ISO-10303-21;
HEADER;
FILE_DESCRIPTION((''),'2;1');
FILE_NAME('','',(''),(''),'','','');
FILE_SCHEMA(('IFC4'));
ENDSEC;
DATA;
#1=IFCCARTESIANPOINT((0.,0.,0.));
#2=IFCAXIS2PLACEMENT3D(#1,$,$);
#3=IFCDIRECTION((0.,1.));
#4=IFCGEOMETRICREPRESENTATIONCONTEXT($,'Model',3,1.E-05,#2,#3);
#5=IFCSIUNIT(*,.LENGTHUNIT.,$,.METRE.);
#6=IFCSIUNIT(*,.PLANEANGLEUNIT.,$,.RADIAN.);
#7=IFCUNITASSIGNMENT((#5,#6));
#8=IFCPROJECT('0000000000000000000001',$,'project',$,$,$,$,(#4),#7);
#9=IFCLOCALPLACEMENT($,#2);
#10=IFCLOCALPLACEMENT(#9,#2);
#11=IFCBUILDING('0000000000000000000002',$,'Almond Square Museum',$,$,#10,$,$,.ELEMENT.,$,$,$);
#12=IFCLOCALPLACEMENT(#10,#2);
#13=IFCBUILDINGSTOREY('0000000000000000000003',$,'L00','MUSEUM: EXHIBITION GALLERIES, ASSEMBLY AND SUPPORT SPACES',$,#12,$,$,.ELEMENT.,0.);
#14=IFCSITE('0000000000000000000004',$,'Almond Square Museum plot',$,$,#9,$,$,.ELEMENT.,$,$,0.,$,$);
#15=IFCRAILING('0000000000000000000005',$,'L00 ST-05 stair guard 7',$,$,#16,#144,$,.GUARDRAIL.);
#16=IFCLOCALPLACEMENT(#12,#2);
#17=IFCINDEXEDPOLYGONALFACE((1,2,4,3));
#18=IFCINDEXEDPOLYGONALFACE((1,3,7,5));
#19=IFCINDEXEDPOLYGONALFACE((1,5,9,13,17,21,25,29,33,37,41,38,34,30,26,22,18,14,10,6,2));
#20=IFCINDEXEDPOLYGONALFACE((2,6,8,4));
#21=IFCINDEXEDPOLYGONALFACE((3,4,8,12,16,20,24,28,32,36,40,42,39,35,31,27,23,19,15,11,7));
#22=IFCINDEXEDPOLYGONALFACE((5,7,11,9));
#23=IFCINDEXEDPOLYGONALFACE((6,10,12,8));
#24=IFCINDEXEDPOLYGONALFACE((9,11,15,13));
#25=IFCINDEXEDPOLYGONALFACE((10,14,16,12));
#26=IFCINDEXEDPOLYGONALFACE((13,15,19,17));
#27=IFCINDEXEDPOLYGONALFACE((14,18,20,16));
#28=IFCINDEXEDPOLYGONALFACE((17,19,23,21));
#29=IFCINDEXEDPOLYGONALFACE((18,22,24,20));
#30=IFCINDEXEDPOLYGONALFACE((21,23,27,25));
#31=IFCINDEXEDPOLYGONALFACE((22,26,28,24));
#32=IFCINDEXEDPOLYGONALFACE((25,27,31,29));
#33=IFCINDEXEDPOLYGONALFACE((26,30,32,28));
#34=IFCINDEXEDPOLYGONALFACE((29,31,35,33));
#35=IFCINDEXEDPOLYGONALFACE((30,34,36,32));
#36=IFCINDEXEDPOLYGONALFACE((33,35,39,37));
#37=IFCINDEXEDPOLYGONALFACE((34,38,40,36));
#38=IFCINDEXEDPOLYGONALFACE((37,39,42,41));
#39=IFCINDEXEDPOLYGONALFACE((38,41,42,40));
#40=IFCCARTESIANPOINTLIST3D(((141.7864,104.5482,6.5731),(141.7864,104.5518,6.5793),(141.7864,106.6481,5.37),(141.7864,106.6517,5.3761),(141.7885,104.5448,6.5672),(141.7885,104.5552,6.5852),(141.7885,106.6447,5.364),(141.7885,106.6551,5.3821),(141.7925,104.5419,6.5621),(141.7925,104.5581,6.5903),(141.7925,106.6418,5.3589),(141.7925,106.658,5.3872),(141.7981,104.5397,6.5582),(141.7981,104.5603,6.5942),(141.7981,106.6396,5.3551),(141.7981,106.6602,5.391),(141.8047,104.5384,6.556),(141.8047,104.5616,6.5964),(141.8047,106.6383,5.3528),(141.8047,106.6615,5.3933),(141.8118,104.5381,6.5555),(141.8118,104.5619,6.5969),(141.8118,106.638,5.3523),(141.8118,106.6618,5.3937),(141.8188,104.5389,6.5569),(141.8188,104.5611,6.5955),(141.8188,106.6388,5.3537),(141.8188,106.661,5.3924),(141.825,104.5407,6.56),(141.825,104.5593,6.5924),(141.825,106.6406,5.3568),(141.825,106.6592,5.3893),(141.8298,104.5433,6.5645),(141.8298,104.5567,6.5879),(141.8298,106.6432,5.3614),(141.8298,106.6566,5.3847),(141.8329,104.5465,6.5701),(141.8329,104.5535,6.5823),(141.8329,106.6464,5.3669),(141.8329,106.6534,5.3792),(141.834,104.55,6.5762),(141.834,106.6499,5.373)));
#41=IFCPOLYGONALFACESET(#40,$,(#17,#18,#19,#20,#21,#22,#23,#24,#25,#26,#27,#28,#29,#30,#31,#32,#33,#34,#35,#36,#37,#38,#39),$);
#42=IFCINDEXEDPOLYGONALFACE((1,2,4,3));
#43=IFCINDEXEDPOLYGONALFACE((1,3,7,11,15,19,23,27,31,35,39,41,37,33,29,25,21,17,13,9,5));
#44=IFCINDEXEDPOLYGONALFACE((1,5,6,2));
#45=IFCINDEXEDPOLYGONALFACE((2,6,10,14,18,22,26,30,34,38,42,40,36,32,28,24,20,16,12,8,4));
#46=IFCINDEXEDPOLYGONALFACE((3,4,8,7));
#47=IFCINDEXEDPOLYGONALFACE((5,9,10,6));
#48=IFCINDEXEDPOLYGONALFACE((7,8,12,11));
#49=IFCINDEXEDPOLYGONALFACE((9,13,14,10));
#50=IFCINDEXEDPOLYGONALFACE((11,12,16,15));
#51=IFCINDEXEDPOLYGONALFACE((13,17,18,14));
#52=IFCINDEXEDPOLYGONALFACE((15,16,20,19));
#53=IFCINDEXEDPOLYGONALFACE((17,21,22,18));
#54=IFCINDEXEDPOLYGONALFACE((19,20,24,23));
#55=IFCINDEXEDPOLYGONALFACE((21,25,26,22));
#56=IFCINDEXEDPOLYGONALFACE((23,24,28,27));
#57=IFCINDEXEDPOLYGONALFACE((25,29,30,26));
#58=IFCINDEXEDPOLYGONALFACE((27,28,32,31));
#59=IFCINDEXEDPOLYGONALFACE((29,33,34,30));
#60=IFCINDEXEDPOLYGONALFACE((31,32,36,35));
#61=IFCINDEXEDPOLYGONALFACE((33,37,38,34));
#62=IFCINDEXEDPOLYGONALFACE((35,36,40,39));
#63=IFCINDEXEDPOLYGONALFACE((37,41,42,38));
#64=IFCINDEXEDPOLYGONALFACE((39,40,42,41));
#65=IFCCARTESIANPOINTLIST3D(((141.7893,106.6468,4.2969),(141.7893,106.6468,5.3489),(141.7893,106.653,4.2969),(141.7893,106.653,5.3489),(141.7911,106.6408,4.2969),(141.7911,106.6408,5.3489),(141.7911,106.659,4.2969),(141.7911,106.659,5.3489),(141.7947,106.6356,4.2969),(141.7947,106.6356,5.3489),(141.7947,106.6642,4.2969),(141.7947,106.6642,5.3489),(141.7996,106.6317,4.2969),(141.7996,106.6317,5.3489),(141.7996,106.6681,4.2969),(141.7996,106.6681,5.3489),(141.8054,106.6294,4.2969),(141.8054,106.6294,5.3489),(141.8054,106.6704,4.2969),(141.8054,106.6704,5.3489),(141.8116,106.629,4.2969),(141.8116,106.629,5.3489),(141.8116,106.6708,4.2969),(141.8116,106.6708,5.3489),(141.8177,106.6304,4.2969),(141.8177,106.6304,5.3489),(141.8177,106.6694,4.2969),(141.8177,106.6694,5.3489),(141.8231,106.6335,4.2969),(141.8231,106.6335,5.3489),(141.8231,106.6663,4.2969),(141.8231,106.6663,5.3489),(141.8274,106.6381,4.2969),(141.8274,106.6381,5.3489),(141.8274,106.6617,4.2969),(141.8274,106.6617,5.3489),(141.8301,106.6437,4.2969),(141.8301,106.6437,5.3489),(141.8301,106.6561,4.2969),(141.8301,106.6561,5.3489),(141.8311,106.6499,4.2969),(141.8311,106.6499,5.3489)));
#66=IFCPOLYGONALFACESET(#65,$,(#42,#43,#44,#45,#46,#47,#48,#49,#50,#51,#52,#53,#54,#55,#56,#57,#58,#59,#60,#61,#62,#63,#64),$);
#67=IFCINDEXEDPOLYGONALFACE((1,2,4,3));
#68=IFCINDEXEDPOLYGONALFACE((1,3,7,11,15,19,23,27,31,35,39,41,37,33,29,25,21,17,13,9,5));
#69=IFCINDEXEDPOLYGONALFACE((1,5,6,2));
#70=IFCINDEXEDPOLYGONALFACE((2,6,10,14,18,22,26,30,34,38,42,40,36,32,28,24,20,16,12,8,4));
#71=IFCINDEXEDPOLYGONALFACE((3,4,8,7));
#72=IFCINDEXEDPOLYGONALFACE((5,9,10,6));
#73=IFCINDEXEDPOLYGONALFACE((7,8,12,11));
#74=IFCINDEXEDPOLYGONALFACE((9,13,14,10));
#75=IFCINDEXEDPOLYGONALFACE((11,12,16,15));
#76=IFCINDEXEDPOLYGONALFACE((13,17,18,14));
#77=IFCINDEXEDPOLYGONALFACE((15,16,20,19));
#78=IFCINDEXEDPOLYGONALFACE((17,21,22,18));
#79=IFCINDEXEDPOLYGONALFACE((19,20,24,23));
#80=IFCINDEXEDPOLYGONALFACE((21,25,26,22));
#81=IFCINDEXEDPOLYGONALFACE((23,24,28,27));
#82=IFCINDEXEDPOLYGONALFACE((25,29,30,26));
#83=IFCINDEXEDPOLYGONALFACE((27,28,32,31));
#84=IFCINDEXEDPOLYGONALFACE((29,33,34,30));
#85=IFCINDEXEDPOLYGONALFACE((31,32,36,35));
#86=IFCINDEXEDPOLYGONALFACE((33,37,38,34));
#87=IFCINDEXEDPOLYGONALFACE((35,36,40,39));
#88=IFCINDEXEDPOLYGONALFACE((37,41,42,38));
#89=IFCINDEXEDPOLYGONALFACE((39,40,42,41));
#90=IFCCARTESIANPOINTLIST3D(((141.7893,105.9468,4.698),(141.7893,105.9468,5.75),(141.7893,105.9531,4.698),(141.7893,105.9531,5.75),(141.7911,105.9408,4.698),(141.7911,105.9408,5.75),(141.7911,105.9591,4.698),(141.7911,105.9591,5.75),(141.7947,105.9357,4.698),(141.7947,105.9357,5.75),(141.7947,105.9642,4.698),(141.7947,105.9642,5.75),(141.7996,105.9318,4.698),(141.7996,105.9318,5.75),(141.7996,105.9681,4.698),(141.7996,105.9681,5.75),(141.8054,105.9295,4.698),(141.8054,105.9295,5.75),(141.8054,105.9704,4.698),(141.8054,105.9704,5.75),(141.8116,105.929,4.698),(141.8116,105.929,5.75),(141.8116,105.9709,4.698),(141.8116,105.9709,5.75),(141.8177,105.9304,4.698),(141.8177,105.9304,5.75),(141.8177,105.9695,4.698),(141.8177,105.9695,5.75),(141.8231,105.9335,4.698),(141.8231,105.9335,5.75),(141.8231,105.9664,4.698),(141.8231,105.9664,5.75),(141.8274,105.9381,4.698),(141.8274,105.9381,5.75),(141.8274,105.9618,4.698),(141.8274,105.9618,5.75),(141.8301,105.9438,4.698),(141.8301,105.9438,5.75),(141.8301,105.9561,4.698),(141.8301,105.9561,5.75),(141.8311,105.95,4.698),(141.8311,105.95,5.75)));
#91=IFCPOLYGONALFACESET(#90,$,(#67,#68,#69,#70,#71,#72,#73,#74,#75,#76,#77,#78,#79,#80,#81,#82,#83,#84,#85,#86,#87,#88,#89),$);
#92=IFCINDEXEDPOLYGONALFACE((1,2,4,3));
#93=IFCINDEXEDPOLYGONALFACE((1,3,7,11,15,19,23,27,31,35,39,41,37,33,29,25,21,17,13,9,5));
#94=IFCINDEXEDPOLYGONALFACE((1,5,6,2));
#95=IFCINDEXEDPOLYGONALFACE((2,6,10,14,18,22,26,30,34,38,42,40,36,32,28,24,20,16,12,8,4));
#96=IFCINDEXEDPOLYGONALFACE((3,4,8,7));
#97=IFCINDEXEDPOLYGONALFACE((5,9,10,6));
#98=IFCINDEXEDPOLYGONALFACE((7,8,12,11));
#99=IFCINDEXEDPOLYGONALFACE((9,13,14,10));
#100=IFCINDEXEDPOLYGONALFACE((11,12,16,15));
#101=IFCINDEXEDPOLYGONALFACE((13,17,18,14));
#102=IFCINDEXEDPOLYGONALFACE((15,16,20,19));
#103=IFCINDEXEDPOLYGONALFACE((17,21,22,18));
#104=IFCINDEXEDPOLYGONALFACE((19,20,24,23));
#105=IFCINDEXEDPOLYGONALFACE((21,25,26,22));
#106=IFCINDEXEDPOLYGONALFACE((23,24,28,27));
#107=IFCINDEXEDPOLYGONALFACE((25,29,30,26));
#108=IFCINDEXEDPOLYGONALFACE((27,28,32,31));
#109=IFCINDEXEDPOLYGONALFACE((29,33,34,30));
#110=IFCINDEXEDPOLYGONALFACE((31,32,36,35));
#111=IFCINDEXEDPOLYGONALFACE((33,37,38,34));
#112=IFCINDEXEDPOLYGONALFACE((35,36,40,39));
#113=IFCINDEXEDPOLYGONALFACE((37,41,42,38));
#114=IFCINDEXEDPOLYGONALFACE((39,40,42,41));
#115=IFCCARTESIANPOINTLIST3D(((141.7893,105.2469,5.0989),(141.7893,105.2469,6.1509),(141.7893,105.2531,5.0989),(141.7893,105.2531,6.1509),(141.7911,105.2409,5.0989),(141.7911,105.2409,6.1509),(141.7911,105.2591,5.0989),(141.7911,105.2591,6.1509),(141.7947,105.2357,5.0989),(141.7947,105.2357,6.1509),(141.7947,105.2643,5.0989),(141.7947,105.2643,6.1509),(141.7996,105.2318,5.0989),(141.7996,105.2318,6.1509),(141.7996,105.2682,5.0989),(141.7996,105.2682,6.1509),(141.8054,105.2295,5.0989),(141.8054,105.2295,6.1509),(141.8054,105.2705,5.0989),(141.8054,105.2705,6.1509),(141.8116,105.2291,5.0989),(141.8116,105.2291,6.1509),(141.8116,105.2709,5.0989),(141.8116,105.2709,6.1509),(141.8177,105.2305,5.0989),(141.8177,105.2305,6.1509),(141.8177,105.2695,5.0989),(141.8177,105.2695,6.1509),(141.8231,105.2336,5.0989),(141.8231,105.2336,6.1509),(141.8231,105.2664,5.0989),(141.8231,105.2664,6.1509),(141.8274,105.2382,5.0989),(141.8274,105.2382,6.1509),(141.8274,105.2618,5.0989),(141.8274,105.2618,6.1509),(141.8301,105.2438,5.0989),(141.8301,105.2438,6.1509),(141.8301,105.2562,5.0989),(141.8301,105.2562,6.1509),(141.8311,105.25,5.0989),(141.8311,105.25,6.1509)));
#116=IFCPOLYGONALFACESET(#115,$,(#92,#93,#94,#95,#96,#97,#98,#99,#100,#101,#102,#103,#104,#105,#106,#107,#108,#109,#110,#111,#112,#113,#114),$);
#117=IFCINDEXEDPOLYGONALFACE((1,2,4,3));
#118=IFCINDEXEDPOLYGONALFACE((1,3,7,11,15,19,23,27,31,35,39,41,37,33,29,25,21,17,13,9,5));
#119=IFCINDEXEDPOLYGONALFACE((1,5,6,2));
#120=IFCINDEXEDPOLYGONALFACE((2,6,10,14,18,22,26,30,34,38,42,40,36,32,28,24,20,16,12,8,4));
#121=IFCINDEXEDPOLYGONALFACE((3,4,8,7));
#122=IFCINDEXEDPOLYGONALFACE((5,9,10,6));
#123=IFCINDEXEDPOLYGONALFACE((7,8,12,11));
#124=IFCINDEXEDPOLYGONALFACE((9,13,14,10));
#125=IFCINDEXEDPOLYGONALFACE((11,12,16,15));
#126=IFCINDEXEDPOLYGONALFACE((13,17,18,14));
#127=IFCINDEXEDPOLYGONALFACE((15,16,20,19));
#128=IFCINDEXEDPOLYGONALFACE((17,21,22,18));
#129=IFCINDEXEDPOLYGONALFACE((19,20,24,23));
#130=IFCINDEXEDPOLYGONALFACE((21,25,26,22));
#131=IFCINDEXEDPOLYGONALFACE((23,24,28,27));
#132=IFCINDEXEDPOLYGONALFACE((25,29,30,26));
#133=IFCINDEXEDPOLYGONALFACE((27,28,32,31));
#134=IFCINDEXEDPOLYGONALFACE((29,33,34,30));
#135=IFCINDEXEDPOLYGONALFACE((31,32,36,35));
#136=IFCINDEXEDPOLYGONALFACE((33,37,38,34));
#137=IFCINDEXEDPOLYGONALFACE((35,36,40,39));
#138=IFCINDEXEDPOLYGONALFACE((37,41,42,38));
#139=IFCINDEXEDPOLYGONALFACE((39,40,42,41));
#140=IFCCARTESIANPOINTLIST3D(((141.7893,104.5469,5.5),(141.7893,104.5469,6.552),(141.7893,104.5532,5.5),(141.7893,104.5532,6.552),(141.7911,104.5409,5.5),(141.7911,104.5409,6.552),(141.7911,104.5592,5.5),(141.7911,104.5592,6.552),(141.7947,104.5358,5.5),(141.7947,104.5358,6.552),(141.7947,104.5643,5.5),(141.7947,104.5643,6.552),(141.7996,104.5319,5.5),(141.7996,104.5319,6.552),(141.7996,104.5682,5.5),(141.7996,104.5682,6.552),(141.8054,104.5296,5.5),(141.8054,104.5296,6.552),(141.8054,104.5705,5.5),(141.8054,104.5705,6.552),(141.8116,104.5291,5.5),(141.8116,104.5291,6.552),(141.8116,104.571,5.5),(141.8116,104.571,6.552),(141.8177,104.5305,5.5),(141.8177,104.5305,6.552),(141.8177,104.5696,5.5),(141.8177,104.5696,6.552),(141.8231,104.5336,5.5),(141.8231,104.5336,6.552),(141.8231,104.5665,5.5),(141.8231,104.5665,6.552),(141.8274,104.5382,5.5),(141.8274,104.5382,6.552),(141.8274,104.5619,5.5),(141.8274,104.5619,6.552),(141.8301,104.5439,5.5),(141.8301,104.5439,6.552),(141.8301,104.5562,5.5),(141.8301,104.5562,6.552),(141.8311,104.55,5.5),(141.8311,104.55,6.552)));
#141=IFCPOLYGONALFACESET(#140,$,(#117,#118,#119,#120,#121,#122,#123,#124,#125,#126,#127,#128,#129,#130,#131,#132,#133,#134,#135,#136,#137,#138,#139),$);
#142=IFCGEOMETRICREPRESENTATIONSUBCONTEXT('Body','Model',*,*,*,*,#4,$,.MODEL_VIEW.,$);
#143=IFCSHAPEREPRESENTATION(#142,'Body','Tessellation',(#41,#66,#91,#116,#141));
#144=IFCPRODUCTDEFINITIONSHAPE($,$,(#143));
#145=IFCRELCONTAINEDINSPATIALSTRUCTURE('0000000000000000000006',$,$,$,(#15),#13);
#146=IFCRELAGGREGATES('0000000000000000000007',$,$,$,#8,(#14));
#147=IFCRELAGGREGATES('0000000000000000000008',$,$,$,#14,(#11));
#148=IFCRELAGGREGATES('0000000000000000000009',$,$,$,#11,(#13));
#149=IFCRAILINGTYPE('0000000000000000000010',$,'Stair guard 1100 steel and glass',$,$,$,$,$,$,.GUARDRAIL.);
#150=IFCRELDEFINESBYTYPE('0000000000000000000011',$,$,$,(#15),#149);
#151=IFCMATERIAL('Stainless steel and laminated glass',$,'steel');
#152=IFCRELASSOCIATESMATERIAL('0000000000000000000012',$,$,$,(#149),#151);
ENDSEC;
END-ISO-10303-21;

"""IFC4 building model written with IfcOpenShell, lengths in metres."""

from ifc_helpers import new_model, si_unit, direction, frame, origin, origin_2d, place, context, subcontext, project, spatial, circle, extrude, material, type_object, element, save


model = new_model("IFC4")

# Units and contexts
model_context = context("Model", 3, precision=1e-05, world=origin(), true_north=direction((0.0, 1.0)))
body_context = subcontext(model_context, "Body", "Model", "MODEL_VIEW")
ifc_project = project(units=[si_unit("LENGTHUNIT", "METRE"), si_unit("PLANEANGLEUNIT", "RADIAN")], contexts=[model_context])

# Site, building, storey
site_placement = place(None, origin())
site = spatial("IfcSite", under=ifc_project, at=site_placement, Name="Almond Square Museum plot", CompositionType="ELEMENT", RefElevation=0.0)
building_placement = place(site_placement, origin())
building = spatial("IfcBuilding", under=site, at=building_placement, Name="Almond Square Museum", CompositionType="ELEMENT")
storey_placement = place(building_placement, origin())
storey = spatial("IfcBuildingStorey", under=building, at=storey_placement, Name="L00", Description="MUSEUM: EXHIBITION GALLERIES, ASSEMBLY AND SUPPORT SPACES", CompositionType="ELEMENT", Elevation=0.0)

# Railing
ifc_material_1 = material(Name="Stainless steel and laminated glass", Category="steel")
railing_type_1 = type_object("IfcRailingType", Name="Stair guard 1100 steel and glass", PredefinedType="GUARDRAIL", material=ifc_material_1)
railing_1_placement = place(storey_placement, frame((141.8101, 106.6499, 4.2969)))
element("IfcRailing", 1, at=railing_1_placement, inside=storey, type_object=railing_type_1, Name="L00 ST-05 stair guard 7", PredefinedType="GUARDRAIL", context=body_context, shape_type="SweptSolid", body=[
    extrude(circle(Radius=0.0239, at=origin_2d()), frame((0.0, 0.0, 1.0762), z_axis=(0.0, -0.867671, 0.497138), x_axis=(1.0, 0.0, 0.0)), (0.0, 0.0, 1.0), 2.4202),
    extrude(circle(Radius=0.021, at=origin_2d()), origin(), (0.0, 0.0, 1.0), 1.052),
    extrude(circle(Radius=0.021, at=origin_2d()), frame((0.0, -0.7, 0.4011)), (0.0, 0.0, 1.0), 1.052),
    extrude(circle(Radius=0.021, at=origin_2d()), frame((0.0, -1.3999, 0.802)), (0.0, 0.0, 1.0), 1.052),
    extrude(circle(Radius=0.021, at=origin_2d()), frame((0.0, -2.0999, 1.2031)), (0.0, 0.0, 1.0), 1.052),
])

save(model, "model.ifc")
